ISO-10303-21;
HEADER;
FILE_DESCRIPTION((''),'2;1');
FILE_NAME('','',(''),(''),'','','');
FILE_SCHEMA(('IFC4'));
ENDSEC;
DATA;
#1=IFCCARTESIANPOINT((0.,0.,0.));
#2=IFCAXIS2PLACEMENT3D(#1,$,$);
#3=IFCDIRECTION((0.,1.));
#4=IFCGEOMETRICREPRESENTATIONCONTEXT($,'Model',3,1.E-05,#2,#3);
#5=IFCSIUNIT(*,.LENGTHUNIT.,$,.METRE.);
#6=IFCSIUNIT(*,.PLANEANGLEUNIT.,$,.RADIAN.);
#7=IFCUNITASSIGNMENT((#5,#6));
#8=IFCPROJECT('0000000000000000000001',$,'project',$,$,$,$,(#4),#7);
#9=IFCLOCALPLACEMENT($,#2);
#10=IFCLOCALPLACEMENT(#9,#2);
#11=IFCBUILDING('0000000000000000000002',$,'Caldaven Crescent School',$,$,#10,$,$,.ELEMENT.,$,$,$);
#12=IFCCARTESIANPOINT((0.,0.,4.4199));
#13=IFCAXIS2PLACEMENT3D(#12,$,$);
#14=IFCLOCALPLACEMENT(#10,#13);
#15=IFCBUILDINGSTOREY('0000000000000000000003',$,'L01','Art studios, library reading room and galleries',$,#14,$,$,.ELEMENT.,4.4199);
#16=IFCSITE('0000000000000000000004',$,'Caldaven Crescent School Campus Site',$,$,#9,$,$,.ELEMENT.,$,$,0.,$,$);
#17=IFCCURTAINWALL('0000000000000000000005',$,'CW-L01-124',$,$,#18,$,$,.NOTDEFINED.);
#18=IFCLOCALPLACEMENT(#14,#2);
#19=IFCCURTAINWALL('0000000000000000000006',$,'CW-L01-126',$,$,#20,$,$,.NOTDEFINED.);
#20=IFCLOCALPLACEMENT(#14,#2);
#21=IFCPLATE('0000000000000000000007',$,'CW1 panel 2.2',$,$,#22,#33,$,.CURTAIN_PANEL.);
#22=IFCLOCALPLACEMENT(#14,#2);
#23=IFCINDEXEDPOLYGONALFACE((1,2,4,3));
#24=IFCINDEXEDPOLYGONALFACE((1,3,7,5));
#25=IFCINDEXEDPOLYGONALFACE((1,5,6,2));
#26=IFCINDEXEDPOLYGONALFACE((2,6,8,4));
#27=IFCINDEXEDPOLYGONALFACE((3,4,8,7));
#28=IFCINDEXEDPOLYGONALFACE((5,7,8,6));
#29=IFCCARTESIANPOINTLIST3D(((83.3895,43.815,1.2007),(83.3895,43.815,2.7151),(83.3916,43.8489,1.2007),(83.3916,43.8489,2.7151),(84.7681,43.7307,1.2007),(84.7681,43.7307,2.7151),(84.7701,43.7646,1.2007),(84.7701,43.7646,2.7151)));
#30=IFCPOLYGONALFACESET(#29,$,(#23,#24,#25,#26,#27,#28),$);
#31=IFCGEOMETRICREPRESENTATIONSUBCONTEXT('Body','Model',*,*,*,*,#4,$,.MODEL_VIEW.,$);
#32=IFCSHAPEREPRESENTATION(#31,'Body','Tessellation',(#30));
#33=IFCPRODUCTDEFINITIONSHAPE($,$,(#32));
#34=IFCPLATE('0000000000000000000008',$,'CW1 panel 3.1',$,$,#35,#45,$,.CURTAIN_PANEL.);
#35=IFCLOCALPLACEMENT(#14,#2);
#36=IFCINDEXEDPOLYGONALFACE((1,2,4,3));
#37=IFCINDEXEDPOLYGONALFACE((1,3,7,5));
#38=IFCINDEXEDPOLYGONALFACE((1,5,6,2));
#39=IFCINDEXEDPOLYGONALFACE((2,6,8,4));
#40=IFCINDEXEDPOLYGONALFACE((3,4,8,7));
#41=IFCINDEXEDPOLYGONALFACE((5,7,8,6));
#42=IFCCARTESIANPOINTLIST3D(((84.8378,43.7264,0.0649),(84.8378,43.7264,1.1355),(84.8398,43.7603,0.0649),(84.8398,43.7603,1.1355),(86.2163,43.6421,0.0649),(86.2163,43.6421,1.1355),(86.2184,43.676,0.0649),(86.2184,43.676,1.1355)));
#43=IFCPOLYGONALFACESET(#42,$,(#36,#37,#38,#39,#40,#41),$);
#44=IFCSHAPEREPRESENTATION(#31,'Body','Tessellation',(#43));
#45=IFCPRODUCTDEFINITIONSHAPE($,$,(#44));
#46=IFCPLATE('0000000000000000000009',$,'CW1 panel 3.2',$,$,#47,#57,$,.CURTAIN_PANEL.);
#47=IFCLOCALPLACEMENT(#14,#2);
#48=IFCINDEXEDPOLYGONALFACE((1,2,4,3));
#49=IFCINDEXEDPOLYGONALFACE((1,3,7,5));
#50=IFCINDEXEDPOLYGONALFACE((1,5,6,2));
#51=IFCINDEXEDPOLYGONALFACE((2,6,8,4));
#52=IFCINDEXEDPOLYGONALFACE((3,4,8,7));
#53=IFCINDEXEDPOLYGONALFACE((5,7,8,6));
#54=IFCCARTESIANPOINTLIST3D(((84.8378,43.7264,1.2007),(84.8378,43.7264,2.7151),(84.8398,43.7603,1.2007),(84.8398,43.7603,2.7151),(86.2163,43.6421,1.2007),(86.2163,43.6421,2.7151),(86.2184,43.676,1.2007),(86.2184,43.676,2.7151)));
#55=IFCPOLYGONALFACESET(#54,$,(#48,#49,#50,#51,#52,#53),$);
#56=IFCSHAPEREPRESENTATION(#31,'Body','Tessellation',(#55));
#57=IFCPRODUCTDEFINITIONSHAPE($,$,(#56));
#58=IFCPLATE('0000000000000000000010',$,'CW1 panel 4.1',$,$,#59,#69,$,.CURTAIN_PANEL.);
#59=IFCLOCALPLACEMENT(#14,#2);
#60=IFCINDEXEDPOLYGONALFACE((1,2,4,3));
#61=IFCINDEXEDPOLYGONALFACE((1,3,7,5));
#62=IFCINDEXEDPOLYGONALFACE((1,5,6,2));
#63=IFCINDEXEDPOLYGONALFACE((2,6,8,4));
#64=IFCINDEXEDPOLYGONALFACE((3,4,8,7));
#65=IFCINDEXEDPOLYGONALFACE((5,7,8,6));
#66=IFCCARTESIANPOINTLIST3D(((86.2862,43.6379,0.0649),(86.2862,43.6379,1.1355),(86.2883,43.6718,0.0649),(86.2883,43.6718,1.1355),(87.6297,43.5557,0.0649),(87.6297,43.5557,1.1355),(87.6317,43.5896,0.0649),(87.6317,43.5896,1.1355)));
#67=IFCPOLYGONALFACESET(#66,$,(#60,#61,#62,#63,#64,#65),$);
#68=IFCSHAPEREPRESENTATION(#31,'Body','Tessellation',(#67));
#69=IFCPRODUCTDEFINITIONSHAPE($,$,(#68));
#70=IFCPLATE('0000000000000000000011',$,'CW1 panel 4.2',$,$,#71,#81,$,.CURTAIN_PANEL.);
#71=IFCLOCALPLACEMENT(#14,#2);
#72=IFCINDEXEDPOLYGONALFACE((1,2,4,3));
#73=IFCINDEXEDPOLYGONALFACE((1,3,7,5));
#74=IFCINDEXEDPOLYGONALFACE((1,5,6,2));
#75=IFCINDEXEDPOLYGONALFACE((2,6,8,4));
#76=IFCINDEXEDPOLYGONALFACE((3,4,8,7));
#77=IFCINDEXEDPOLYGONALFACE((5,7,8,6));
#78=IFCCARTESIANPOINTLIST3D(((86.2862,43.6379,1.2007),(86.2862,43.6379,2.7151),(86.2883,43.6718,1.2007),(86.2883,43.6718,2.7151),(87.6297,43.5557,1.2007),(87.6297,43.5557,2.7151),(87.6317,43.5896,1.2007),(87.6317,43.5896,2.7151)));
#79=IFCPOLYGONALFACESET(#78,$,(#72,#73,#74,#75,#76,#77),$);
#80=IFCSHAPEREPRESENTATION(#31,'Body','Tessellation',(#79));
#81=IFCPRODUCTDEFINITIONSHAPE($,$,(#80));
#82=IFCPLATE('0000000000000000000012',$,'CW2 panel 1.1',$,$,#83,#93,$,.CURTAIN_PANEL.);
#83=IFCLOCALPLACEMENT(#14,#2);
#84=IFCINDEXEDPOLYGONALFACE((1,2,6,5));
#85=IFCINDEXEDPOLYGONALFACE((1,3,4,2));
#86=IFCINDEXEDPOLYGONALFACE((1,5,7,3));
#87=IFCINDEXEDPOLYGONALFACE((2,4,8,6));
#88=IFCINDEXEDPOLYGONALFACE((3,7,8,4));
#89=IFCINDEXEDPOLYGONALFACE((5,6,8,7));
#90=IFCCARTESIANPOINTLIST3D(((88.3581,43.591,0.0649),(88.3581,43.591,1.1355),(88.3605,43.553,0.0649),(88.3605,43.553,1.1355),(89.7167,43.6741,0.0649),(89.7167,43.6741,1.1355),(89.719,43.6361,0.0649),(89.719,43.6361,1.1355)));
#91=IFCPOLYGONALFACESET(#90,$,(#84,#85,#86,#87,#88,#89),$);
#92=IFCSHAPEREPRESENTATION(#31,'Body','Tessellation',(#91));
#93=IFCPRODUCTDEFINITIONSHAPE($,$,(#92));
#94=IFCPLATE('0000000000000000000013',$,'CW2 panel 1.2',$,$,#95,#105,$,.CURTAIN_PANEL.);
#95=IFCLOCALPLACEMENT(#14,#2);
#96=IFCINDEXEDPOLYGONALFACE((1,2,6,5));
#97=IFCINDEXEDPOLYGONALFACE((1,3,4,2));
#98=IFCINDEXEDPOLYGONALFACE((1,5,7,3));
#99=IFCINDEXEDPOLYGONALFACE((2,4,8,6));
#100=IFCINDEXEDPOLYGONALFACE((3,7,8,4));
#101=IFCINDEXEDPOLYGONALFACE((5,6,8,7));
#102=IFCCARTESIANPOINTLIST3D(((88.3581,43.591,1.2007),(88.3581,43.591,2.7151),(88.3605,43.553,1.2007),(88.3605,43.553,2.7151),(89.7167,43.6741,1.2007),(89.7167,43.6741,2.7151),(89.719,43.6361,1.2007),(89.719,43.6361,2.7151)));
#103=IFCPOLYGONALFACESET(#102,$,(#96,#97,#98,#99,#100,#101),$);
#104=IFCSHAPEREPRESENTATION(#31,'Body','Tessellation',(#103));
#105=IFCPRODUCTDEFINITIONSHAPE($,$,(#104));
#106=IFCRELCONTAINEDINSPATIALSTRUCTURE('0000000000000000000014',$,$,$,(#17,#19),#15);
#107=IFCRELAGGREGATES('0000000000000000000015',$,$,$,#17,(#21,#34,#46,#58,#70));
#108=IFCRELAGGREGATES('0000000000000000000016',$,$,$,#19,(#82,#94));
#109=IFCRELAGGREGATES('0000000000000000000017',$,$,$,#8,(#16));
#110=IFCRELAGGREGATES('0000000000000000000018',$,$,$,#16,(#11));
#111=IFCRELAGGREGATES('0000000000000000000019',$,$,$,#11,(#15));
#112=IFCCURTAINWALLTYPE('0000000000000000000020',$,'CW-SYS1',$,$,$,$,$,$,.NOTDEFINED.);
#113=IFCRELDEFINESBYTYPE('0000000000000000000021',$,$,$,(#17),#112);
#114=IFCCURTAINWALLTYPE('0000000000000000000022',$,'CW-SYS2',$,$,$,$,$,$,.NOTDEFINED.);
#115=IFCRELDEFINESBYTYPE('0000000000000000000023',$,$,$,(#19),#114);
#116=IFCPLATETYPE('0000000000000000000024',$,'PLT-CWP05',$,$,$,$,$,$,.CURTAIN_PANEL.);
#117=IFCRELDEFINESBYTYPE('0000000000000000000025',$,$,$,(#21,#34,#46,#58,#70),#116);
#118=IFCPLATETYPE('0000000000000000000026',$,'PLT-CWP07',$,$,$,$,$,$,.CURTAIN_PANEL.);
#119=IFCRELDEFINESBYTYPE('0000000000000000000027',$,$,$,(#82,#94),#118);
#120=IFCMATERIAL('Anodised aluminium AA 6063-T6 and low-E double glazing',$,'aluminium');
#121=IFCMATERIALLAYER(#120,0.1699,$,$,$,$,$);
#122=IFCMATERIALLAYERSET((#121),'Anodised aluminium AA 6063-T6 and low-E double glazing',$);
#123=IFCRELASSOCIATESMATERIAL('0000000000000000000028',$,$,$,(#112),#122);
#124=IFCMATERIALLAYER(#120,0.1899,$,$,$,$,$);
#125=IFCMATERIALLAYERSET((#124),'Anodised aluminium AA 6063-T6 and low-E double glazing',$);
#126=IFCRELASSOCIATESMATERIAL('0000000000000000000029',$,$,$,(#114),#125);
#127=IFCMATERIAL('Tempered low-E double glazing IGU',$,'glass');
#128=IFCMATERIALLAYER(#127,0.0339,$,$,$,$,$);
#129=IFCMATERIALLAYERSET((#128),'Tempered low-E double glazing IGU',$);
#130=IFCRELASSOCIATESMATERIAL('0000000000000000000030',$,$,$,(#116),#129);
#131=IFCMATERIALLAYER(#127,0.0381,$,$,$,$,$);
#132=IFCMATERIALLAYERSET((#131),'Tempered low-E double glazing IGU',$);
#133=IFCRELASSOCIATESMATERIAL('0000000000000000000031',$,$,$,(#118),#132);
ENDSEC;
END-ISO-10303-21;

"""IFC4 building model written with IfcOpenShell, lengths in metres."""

from ifc_helpers import new_model, si_unit, direction, frame, origin, origin_2d, place, context, subcontext, project, spatial, rectangle, extrude, material, layer, layer_set, type_object, element, aggregate, save


model = new_model("IFC4")

# Units and contexts
model_context = context("Model", 3, precision=1e-05, world=origin(), true_north=direction((0.0, 1.0)))
body_context = subcontext(model_context, "Body", "Model", "MODEL_VIEW")
ifc_project = project(units=[si_unit("LENGTHUNIT", "METRE"), si_unit("PLANEANGLEUNIT", "RADIAN")], contexts=[model_context])

# Site, building, storey
site_placement = place(None, origin())
site = spatial("IfcSite", under=ifc_project, at=site_placement, Name="Caldaven Crescent School Campus Site", CompositionType="ELEMENT", RefElevation=0.0)
building_placement = place(site_placement, origin())
building = spatial("IfcBuilding", under=site, at=building_placement, Name="Caldaven Crescent School", CompositionType="ELEMENT")
storey_placement = place(building_placement, frame((0.0, 0.0, 4.4199)))
storey = spatial("IfcBuildingStorey", under=building, at=storey_placement, Name="L01", Description="Art studios, library reading room and galleries", CompositionType="ELEMENT", Elevation=4.4199)

# Shared definitions
ifc_material_1 = material(Name="Anodised aluminium AA 6063-T6 and low-E double glazing", Category="aluminium")

# Curtain walls
ifc_layer_1 = layer(ifc_material_1, 0.1699)
ifc_layer_set_1 = layer_set([ifc_layer_1], Name="Anodised aluminium AA 6063-T6 and low-E double glazing")
curtain_wall_type_1 = type_object("IfcCurtainWallType", Name="CW-SYS1", PredefinedType="NOTDEFINED", material=ifc_layer_set_1)
curtain_wall_1_placement = place(storey_placement, origin())
curtain_wall_1 = element("IfcCurtainWall", 1, at=curtain_wall_1_placement, inside=storey, type_object=curtain_wall_type_1, Name="CW-L01-124", PredefinedType="NOTDEFINED")
ifc_layer_2 = layer(ifc_material_1, 0.1899)
ifc_layer_set_2 = layer_set([ifc_layer_2], Name="Anodised aluminium AA 6063-T6 and low-E double glazing")
curtain_wall_type_2 = type_object("IfcCurtainWallType", Name="CW-SYS2", PredefinedType="NOTDEFINED", material=ifc_layer_set_2)
curtain_wall_2_placement = place(storey_placement, origin())
curtain_wall_2 = element("IfcCurtainWall", 2, at=curtain_wall_2_placement, inside=storey, type_object=curtain_wall_type_2, Name="CW-L01-126", PredefinedType="NOTDEFINED")

# Plates
ifc_material_2 = material(Name="Tempered low-E double glazing IGU", Category="glass")
ifc_layer_3 = layer(ifc_material_2, 0.0339)
ifc_layer_set_3 = layer_set([ifc_layer_3], Name="Tempered low-E double glazing IGU")
plate_type_1 = type_object("IfcPlateType", Name="PLT-CWP05", PredefinedType="CURTAIN_PANEL", material=ifc_layer_set_3)
plate_1_placement = place(storey_placement, frame((84.0798, 43.7898, 1.2007), z_axis=(0.0, 0.0, 1.0), x_axis=(0.998135, -0.061049, 0.0)))
plate_1 = element("IfcPlate", 3, at=plate_1_placement, type_object=plate_type_1, Name="CW1 panel 2.2", PredefinedType="CURTAIN_PANEL", context=body_context, shape_type="SweptSolid", body=[
    extrude(rectangle(XDim=1.3811, YDim=0.0339, at=origin_2d()), origin(), (0.0, 0.0, 1.0), 1.5144),
])
plate_2_placement = place(storey_placement, frame((85.5281, 43.7012, 0.0649), z_axis=(0.0, 0.0, 1.0), x_axis=(0.998135, -0.061049, 0.0)))
plate_2 = element("IfcPlate", 4, at=plate_2_placement, type_object=plate_type_1, Name="CW1 panel 3.1", PredefinedType="CURTAIN_PANEL", context=body_context, shape_type="SweptSolid", body=[
    extrude(rectangle(XDim=1.3811, YDim=0.0339, at=origin_2d()), origin(), (0.0, 0.0, 1.0), 1.0706),
])
plate_3_placement = place(storey_placement, frame((85.5281, 43.7012, 1.2007), z_axis=(0.0, 0.0, 1.0), x_axis=(0.998135, -0.061049, 0.0)))
plate_3 = element("IfcPlate", 5, at=plate_3_placement, type_object=plate_type_1, Name="CW1 panel 3.2", PredefinedType="CURTAIN_PANEL", context=body_context, shape_type="SweptSolid", body=[
    extrude(rectangle(XDim=1.3811, YDim=0.0339, at=origin_2d()), origin(), (0.0, 0.0, 1.0), 1.5144),
])
plate_4_placement = place(storey_placement, frame((86.959, 43.6138, 0.0649), z_axis=(0.0, 0.0, 1.0), x_axis=(0.998135, -0.061049, 0.0)))
plate_4 = element("IfcPlate", 6, at=plate_4_placement, type_object=plate_type_1, Name="CW1 panel 4.1", PredefinedType="CURTAIN_PANEL", context=body_context, shape_type="SweptSolid", body=[
    extrude(rectangle(XDim=1.3459, YDim=0.0339, at=origin_2d()), origin(), (0.0, 0.0, 1.0), 1.0706),
])
plate_5_placement = place(storey_placement, frame((86.959, 43.6138, 1.2007), z_axis=(0.0, 0.0, 1.0), x_axis=(0.998135, -0.061049, 0.0)))
plate_5 = element("IfcPlate", 7, at=plate_5_placement, type_object=plate_type_1, Name="CW1 panel 4.2", PredefinedType="CURTAIN_PANEL", context=body_context, shape_type="SweptSolid", body=[
    extrude(rectangle(XDim=1.3459, YDim=0.0339, at=origin_2d()), origin(), (0.0, 0.0, 1.0), 1.5144),
])
aggregate(curtain_wall_1, [plate_1, plate_2, plate_3, plate_4, plate_5])
ifc_layer_4 = layer(ifc_material_2, 0.0381)
ifc_layer_set_4 = layer_set([ifc_layer_4], Name="Tempered low-E double glazing IGU")
plate_type_2 = type_object("IfcPlateType", Name="PLT-CWP07", PredefinedType="CURTAIN_PANEL", material=ifc_layer_set_4)
plate_6_placement = place(storey_placement, frame((89.0386, 43.6135, 0.0649), z_axis=(0.0, 0.0, 1.0), x_axis=(0.998135, 0.061049, 0.0)))
plate_6 = element("IfcPlate", 8, at=plate_6_placement, type_object=plate_type_2, Name="CW2 panel 1.1", PredefinedType="CURTAIN_PANEL", context=body_context, shape_type="SweptSolid", body=[
    extrude(rectangle(XDim=1.3611, YDim=0.0381, at=origin_2d()), origin(), (0.0, 0.0, 1.0), 1.0706),
])
plate_7_placement = place(storey_placement, frame((89.0386, 43.6135, 1.2007), z_axis=(0.0, 0.0, 1.0), x_axis=(0.998135, 0.061049, 0.0)))
plate_7 = element("IfcPlate", 9, at=plate_7_placement, type_object=plate_type_2, Name="CW2 panel 1.2", PredefinedType="CURTAIN_PANEL", context=body_context, shape_type="SweptSolid", body=[
    extrude(rectangle(XDim=1.3611, YDim=0.0381, at=origin_2d()), origin(), (0.0, 0.0, 1.0), 1.5144),
])
aggregate(curtain_wall_2, [plate_6, plate_7])

save(model, "model.ifc")
